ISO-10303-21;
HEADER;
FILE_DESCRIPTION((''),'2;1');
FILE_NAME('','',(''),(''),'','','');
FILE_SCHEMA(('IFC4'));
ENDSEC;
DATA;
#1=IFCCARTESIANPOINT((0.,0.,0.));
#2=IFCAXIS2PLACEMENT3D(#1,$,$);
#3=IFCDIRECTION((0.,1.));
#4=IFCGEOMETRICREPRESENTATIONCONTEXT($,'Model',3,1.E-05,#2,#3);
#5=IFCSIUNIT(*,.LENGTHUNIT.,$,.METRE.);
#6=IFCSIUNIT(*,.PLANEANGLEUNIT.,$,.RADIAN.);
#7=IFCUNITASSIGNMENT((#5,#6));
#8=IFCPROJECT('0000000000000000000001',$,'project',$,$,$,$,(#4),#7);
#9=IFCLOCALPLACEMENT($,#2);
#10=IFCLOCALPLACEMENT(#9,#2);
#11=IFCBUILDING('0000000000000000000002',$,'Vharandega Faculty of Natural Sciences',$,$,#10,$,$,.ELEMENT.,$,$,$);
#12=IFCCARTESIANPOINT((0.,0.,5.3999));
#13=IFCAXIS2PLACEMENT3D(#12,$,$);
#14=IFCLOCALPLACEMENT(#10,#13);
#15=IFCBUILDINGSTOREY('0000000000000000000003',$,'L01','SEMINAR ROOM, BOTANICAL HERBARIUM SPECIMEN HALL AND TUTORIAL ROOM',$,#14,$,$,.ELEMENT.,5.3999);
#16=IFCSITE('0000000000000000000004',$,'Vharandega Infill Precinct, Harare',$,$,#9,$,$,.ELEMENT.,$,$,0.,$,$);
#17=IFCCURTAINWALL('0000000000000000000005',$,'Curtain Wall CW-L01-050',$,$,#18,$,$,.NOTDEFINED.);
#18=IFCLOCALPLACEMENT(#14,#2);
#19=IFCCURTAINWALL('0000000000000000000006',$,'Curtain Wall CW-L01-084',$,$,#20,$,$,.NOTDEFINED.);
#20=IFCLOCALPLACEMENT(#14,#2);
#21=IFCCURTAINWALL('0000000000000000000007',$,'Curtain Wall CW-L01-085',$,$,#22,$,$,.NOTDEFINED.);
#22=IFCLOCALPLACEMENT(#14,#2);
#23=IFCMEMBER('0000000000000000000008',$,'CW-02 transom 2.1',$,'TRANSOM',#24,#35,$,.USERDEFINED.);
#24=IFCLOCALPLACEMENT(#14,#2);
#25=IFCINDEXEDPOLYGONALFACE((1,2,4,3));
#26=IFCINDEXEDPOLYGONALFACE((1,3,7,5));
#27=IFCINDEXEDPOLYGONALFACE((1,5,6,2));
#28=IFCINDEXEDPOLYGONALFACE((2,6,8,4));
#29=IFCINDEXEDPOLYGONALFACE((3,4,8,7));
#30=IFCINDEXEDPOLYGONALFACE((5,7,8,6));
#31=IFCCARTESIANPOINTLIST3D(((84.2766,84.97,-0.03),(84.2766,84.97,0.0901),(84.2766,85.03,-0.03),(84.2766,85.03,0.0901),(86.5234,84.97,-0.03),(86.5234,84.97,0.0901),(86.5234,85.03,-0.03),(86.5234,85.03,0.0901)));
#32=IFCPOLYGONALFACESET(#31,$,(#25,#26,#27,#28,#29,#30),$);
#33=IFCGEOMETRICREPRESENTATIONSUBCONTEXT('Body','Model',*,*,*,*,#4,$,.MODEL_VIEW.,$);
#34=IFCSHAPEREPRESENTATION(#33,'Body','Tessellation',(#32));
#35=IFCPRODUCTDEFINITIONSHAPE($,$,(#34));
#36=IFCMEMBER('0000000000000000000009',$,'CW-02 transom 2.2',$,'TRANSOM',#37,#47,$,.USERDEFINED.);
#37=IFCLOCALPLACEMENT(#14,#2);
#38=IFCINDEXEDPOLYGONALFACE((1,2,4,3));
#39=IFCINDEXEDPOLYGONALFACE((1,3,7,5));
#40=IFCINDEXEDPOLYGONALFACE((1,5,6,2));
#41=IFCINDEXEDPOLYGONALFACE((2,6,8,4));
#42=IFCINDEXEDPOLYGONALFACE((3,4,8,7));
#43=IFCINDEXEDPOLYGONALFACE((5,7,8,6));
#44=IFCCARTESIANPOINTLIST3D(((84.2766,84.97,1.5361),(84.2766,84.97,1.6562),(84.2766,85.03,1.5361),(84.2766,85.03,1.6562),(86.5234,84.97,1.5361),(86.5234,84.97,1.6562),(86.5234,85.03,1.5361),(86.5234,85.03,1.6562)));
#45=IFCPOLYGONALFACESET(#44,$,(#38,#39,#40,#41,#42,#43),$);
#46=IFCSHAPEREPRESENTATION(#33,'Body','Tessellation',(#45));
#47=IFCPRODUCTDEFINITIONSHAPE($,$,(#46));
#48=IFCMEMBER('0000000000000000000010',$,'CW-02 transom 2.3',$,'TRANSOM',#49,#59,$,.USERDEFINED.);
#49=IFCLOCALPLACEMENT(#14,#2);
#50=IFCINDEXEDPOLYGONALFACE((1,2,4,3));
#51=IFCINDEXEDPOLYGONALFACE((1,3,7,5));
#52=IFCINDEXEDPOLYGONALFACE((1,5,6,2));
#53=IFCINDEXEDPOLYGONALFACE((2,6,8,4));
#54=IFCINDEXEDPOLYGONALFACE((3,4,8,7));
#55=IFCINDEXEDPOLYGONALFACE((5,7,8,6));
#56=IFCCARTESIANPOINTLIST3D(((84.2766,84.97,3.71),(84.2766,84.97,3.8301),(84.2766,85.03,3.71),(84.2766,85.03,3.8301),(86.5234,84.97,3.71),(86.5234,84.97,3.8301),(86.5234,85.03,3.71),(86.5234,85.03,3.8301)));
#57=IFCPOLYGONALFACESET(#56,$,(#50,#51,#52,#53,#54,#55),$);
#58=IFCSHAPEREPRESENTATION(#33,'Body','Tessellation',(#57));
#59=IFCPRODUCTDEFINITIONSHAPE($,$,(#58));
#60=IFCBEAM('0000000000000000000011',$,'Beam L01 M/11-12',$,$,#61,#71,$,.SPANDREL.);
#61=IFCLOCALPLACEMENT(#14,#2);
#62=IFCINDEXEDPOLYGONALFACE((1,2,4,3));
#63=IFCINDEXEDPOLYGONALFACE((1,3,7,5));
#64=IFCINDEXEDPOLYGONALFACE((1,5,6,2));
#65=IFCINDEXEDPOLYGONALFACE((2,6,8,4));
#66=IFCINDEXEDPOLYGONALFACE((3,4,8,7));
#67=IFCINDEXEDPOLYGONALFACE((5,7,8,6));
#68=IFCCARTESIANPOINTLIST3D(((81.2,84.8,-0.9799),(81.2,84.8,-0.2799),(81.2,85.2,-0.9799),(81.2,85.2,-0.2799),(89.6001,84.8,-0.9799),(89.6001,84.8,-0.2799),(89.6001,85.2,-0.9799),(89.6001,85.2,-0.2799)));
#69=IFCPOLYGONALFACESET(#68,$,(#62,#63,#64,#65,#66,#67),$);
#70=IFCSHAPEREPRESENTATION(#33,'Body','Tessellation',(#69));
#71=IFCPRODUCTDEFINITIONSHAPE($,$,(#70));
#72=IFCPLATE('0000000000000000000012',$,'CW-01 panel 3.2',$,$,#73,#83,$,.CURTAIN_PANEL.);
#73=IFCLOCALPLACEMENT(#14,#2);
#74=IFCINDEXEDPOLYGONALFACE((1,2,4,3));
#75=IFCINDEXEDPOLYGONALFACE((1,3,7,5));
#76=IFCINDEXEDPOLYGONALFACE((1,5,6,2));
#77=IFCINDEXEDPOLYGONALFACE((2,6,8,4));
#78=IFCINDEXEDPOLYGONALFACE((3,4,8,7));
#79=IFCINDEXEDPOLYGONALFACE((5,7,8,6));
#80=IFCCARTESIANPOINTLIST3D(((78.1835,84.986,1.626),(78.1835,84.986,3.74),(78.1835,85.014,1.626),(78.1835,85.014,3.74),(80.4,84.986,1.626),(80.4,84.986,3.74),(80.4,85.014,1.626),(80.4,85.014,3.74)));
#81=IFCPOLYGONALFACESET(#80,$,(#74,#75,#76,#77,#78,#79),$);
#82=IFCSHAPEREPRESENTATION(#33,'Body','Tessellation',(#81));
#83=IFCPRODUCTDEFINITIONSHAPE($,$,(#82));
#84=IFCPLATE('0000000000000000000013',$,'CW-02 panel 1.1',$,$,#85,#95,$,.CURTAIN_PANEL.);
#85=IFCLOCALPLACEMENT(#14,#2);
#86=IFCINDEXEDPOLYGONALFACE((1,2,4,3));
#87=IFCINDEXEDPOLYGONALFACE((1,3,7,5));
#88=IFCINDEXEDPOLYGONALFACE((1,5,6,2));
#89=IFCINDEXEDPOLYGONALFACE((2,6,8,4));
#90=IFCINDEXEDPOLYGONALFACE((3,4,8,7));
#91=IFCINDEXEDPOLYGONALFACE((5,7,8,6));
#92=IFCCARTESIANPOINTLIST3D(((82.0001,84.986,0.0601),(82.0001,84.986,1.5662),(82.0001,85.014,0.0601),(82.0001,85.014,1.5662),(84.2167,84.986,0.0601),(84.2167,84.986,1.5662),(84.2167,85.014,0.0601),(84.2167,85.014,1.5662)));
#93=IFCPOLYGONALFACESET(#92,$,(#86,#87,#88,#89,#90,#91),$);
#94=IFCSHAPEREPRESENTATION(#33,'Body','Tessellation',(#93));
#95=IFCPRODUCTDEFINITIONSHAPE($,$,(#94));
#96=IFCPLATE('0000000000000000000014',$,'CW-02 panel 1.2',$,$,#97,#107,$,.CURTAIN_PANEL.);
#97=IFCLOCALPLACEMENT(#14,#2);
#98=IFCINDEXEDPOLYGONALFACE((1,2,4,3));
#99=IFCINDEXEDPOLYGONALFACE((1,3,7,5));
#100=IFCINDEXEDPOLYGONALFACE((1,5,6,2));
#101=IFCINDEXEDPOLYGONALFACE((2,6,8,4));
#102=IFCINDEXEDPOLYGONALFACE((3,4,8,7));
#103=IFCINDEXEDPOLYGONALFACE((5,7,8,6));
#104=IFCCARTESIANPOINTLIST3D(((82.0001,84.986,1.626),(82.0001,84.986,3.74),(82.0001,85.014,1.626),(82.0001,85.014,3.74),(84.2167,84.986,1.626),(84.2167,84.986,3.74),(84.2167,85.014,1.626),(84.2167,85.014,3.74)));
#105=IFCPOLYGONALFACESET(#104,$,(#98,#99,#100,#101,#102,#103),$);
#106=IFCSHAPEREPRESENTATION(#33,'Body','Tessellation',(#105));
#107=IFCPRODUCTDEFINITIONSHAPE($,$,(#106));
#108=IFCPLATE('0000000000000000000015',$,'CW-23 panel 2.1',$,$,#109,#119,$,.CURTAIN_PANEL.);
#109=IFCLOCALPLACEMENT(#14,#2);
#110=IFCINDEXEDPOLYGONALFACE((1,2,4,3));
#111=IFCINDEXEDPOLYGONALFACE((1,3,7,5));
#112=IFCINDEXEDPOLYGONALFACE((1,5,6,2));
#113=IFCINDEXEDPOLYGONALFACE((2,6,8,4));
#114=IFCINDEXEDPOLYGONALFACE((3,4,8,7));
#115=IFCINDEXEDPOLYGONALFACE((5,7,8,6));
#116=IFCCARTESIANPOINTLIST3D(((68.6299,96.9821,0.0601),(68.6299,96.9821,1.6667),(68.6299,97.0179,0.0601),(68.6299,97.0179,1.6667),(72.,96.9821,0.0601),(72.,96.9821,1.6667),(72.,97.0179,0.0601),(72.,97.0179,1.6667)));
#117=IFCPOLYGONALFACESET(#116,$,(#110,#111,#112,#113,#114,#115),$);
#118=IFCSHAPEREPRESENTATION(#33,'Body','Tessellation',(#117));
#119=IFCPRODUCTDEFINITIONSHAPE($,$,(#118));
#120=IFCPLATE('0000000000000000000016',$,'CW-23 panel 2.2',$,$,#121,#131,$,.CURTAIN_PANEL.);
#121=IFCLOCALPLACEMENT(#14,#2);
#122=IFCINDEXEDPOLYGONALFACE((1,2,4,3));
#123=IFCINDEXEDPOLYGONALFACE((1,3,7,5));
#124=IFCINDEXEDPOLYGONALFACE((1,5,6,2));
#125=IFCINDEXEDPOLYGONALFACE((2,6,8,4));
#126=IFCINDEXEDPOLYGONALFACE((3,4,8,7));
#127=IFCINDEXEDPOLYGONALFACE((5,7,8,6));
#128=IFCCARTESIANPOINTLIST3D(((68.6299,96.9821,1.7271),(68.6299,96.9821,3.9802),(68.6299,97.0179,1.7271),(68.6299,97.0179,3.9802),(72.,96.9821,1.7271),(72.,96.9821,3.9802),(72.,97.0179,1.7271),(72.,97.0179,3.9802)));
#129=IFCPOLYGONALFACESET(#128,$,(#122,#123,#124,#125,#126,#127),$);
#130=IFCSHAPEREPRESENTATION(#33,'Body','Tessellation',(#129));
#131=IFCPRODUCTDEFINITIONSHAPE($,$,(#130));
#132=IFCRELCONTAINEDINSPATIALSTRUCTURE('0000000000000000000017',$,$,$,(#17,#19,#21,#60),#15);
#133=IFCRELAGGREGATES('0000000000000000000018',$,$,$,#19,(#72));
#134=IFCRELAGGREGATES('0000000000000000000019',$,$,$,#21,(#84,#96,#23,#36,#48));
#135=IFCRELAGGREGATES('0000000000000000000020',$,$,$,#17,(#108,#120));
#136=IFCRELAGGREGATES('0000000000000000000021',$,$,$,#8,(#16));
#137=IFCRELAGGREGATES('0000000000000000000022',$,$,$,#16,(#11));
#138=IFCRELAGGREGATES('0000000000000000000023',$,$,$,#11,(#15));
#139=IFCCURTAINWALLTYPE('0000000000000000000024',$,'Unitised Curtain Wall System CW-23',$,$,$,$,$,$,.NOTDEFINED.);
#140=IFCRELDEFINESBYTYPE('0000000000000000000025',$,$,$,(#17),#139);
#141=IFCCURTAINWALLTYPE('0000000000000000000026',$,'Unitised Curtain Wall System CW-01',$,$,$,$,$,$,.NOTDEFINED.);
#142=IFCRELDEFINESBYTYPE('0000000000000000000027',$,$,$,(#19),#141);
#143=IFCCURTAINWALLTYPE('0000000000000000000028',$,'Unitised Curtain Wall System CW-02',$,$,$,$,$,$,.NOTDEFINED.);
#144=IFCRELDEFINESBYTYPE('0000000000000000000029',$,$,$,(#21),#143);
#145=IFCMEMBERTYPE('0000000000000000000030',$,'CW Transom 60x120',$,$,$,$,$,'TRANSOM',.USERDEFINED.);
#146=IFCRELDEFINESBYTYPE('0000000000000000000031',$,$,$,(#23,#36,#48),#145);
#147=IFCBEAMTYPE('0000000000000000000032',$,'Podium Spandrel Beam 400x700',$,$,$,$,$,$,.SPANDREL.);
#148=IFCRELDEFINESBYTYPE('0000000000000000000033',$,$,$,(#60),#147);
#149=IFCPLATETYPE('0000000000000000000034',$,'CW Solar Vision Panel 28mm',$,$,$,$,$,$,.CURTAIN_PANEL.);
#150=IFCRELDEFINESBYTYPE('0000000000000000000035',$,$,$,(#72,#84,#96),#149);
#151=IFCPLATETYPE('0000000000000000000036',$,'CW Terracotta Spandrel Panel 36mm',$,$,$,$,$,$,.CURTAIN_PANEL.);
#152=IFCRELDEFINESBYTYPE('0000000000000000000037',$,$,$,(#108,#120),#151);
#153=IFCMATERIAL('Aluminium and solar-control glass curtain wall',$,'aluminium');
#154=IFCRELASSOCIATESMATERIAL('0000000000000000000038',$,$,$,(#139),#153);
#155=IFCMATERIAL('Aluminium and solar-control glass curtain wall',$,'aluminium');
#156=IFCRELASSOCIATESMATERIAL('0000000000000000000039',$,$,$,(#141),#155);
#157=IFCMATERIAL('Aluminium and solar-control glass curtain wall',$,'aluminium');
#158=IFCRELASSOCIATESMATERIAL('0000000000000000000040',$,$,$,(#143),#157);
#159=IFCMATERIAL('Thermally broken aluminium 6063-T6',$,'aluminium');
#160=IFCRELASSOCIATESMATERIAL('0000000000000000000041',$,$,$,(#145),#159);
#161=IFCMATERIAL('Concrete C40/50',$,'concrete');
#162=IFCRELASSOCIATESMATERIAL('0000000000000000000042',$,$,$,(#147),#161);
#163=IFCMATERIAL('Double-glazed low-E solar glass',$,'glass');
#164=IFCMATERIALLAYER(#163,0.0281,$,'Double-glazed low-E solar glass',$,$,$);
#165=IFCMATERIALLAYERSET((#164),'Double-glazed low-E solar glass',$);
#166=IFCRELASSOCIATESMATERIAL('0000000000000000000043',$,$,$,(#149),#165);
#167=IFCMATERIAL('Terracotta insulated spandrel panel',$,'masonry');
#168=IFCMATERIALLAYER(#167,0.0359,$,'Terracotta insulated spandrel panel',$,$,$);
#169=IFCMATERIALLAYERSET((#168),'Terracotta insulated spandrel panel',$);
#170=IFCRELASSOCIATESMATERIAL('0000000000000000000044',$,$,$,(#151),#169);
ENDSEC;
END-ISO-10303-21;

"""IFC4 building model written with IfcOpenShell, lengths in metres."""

from ifc_helpers import new_model, si_unit, direction, frame, origin, origin_2d, place, context, subcontext, project, spatial, rectangle, extrude, material, layer, layer_set, material_profile, profile_set, type_object, element, aggregate, save


model = new_model("IFC4")

# Units and contexts
model_context = context("Model", 3, precision=1e-05, world=origin(), true_north=direction((0.0, 1.0)))
body_context = subcontext(model_context, "Body", "Model", "MODEL_VIEW")
ifc_project = project(units=[si_unit("LENGTHUNIT", "METRE"), si_unit("PLANEANGLEUNIT", "RADIAN")], contexts=[model_context])

# Site, building, storey
site_placement = place(None, origin())
site = spatial("IfcSite", under=ifc_project, at=site_placement, Name="Vharandega Infill Precinct, Harare", CompositionType="ELEMENT", RefElevation=0.0)
building_placement = place(site_placement, origin())
building = spatial("IfcBuilding", under=site, at=building_placement, Name="Vharandega Faculty of Natural Sciences", CompositionType="ELEMENT")
storey_placement = place(building_placement, frame((0.0, 0.0, 5.3999)))
storey = spatial("IfcBuildingStorey", under=building, at=storey_placement, Name="L01", Description="SEMINAR ROOM, BOTANICAL HERBARIUM SPECIMEN HALL AND TUTORIAL ROOM", CompositionType="ELEMENT", Elevation=5.3999)

# Curtain wall
ifc_material_1 = material(Name="Aluminium and solar-control glass curtain wall", Category="aluminium")
curtain_wall_type_1 = type_object("IfcCurtainWallType", Name="Unitised Curtain Wall System CW-23", PredefinedType="NOTDEFINED", material=ifc_material_1)
curtain_wall_1_placement = place(storey_placement, origin())
curtain_wall_1 = element("IfcCurtainWall", 1, at=curtain_wall_1_placement, inside=storey, type_object=curtain_wall_type_1, Name="Curtain Wall CW-L01-050", PredefinedType="NOTDEFINED")

# Curtain wall
ifc_material_2 = material(Name="Aluminium and solar-control glass curtain wall", Category="aluminium")
curtain_wall_type_2 = type_object("IfcCurtainWallType", Name="Unitised Curtain Wall System CW-01", PredefinedType="NOTDEFINED", material=ifc_material_2)
curtain_wall_2_placement = place(storey_placement, origin())
curtain_wall_2 = element("IfcCurtainWall", 2, at=curtain_wall_2_placement, inside=storey, type_object=curtain_wall_type_2, Name="Curtain Wall CW-L01-084", PredefinedType="NOTDEFINED")

# Curtain wall
ifc_material_3 = material(Name="Aluminium and solar-control glass curtain wall", Category="aluminium")
curtain_wall_type_3 = type_object("IfcCurtainWallType", Name="Unitised Curtain Wall System CW-02", PredefinedType="NOTDEFINED", material=ifc_material_3)
curtain_wall_3_placement = place(storey_placement, origin())
curtain_wall_3 = element("IfcCurtainWall", 3, at=curtain_wall_3_placement, inside=storey, type_object=curtain_wall_type_3, Name="Curtain Wall CW-L01-085", PredefinedType="NOTDEFINED")

# Members
ifc_material_4 = material(Name="Thermally broken aluminium 6063-T6", Category="aluminium")
ifc_material_profile_1 = material_profile(ifc_material_4, rectangle(XDim=0.0601, YDim=0.1201, at=origin_2d()), Name="ALU 60x120")
ifc_profile_set_1 = profile_set([ifc_material_profile_1], Name="Thermally broken aluminium 6063-T6")
member_type_1 = type_object("IfcMemberType", Name="CW Transom 60x120", ElementType="TRANSOM", PredefinedType="USERDEFINED", material=ifc_profile_set_1)
member_1_placement = place(storey_placement, frame((84.2766, 85.0, 0.03), z_axis=(1.0, 0.0, 0.0), x_axis=(0.0, 1.0, 0.0)))
member_1 = element("IfcMember", 4, at=member_1_placement, type_object=member_type_1, Name="CW-02 transom 2.1", ObjectType="TRANSOM", PredefinedType="USERDEFINED", context=body_context, shape_type="SweptSolid", body=[
    extrude(rectangle(XDim=0.0601, YDim=0.1201, at=origin_2d()), origin(), (0.0, 0.0, 1.0), 2.2468),
])
member_2_placement = place(storey_placement, frame((84.2766, 85.0, 1.5962), z_axis=(1.0, 0.0, 0.0), x_axis=(0.0, 1.0, 0.0)))
member_2 = element("IfcMember", 5, at=member_2_placement, type_object=member_type_1, Name="CW-02 transom 2.2", ObjectType="TRANSOM", PredefinedType="USERDEFINED", context=body_context, shape_type="SweptSolid", body=[
    extrude(rectangle(XDim=0.0601, YDim=0.1201, at=origin_2d()), origin(), (0.0, 0.0, 1.0), 2.2468),
])
member_3_placement = place(storey_placement, frame((84.2766, 85.0, 3.77), z_axis=(1.0, 0.0, 0.0), x_axis=(0.0, 1.0, 0.0)))
member_3 = element("IfcMember", 6, at=member_3_placement, type_object=member_type_1, Name="CW-02 transom 2.3", ObjectType="TRANSOM", PredefinedType="USERDEFINED", context=body_context, shape_type="SweptSolid", body=[
    extrude(rectangle(XDim=0.0601, YDim=0.1201, at=origin_2d()), origin(), (0.0, 0.0, 1.0), 2.2468),
])

# Beam
ifc_material_5 = material(Name="Concrete C40/50", Category="concrete")
ifc_material_profile_2 = material_profile(ifc_material_5, rectangle(XDim=0.3999, YDim=0.7, at=origin_2d()), Name="RC 400x700")
ifc_profile_set_2 = profile_set([ifc_material_profile_2], Name="Concrete C40/50")
beam_type = type_object("IfcBeamType", Name="Podium Spandrel Beam 400x700", PredefinedType="SPANDREL", material=ifc_profile_set_2)
beam_placement = place(storey_placement, frame((81.2, 85.0, -0.6299), z_axis=(1.0, 0.0, 0.0), x_axis=(0.0, 1.0, 0.0)))
element("IfcBeam", 7, at=beam_placement, inside=storey, type_object=beam_type, Name="Beam L01 M/11-12", PredefinedType="SPANDREL", context=body_context, shape_type="SweptSolid", body=[
    extrude(rectangle(XDim=0.3999, YDim=0.7, at=origin_2d()), origin(), (0.0, 0.0, 1.0), 8.4001),
])

# Plates
ifc_material_6 = material(Name="Double-glazed low-E solar glass", Category="glass")
ifc_layer_1 = layer(ifc_material_6, 0.0281, Name="Double-glazed low-E solar glass")
ifc_layer_set_1 = layer_set([ifc_layer_1], Name="Double-glazed low-E solar glass")
plate_type_1 = type_object("IfcPlateType", Name="CW Solar Vision Panel 28mm", PredefinedType="CURTAIN_PANEL", material=ifc_layer_set_1)
plate_1_placement = place(storey_placement, frame((79.2917, 85.0, 1.626), z_axis=(0.0, 0.0, 1.0), x_axis=(1.0, 0.0, 0.0)))
plate_1 = element("IfcPlate", 8, at=plate_1_placement, type_object=plate_type_1, Name="CW-01 panel 3.2", PredefinedType="CURTAIN_PANEL", context=body_context, shape_type="SweptSolid", body=[
    extrude(rectangle(XDim=2.2166, YDim=0.0281, at=origin_2d()), origin(), (0.0, 0.0, 1.0), 2.114),
])
aggregate(curtain_wall_2, [plate_1])
plate_2_placement = place(storey_placement, frame((83.1084, 85.0, 0.0601), z_axis=(0.0, 0.0, 1.0), x_axis=(1.0, 0.0, 0.0)))
plate_2 = element("IfcPlate", 9, at=plate_2_placement, type_object=plate_type_1, Name="CW-02 panel 1.1", PredefinedType="CURTAIN_PANEL", context=body_context, shape_type="SweptSolid", body=[
    extrude(rectangle(XDim=2.2166, YDim=0.0281, at=origin_2d()), origin(), (0.0, 0.0, 1.0), 1.5061),
])
plate_3_placement = place(storey_placement, frame((83.1084, 85.0, 1.626), z_axis=(0.0, 0.0, 1.0), x_axis=(1.0, 0.0, 0.0)))
plate_3 = element("IfcPlate", 10, at=plate_3_placement, type_object=plate_type_1, Name="CW-02 panel 1.2", PredefinedType="CURTAIN_PANEL", context=body_context, shape_type="SweptSolid", body=[
    extrude(rectangle(XDim=2.2166, YDim=0.0281, at=origin_2d()), origin(), (0.0, 0.0, 1.0), 2.114),
])
aggregate(curtain_wall_3, [plate_2, plate_3, member_1, member_2, member_3])
ifc_material_7 = material(Name="Terracotta insulated spandrel panel", Category="masonry")
ifc_layer_2 = layer(ifc_material_7, 0.0359, Name="Terracotta insulated spandrel panel")
ifc_layer_set_2 = layer_set([ifc_layer_2], Name="Terracotta insulated spandrel panel")
plate_type_2 = type_object("IfcPlateType", Name="CW Terracotta Spandrel Panel 36mm", PredefinedType="CURTAIN_PANEL", material=ifc_layer_set_2)
plate_4_placement = place(storey_placement, frame((70.3149, 97.0, 0.0601), z_axis=(0.0, 0.0, 1.0), x_axis=(1.0, 0.0, 0.0)))
plate_4 = element("IfcPlate", 11, at=plate_4_placement, type_object=plate_type_2, Name="CW-23 panel 2.1", PredefinedType="CURTAIN_PANEL", context=body_context, shape_type="SweptSolid", body=[
    extrude(rectangle(XDim=3.3701, YDim=0.0359, at=origin_2d()), origin(), (0.0, 0.0, 1.0), 1.6067),
])
plate_5_placement = place(storey_placement, frame((70.3149, 97.0, 1.7271), z_axis=(0.0, 0.0, 1.0), x_axis=(1.0, 0.0, 0.0)))
plate_5 = element("IfcPlate", 12, at=plate_5_placement, type_object=plate_type_2, Name="CW-23 panel 2.2", PredefinedType="CURTAIN_PANEL", context=body_context, shape_type="SweptSolid", body=[
    extrude(rectangle(XDim=3.3701, YDim=0.0359, at=origin_2d()), origin(), (0.0, 0.0, 1.0), 2.2532),
])
aggregate(curtain_wall_1, [plate_4, plate_5])

save(model, "model.ifc")
